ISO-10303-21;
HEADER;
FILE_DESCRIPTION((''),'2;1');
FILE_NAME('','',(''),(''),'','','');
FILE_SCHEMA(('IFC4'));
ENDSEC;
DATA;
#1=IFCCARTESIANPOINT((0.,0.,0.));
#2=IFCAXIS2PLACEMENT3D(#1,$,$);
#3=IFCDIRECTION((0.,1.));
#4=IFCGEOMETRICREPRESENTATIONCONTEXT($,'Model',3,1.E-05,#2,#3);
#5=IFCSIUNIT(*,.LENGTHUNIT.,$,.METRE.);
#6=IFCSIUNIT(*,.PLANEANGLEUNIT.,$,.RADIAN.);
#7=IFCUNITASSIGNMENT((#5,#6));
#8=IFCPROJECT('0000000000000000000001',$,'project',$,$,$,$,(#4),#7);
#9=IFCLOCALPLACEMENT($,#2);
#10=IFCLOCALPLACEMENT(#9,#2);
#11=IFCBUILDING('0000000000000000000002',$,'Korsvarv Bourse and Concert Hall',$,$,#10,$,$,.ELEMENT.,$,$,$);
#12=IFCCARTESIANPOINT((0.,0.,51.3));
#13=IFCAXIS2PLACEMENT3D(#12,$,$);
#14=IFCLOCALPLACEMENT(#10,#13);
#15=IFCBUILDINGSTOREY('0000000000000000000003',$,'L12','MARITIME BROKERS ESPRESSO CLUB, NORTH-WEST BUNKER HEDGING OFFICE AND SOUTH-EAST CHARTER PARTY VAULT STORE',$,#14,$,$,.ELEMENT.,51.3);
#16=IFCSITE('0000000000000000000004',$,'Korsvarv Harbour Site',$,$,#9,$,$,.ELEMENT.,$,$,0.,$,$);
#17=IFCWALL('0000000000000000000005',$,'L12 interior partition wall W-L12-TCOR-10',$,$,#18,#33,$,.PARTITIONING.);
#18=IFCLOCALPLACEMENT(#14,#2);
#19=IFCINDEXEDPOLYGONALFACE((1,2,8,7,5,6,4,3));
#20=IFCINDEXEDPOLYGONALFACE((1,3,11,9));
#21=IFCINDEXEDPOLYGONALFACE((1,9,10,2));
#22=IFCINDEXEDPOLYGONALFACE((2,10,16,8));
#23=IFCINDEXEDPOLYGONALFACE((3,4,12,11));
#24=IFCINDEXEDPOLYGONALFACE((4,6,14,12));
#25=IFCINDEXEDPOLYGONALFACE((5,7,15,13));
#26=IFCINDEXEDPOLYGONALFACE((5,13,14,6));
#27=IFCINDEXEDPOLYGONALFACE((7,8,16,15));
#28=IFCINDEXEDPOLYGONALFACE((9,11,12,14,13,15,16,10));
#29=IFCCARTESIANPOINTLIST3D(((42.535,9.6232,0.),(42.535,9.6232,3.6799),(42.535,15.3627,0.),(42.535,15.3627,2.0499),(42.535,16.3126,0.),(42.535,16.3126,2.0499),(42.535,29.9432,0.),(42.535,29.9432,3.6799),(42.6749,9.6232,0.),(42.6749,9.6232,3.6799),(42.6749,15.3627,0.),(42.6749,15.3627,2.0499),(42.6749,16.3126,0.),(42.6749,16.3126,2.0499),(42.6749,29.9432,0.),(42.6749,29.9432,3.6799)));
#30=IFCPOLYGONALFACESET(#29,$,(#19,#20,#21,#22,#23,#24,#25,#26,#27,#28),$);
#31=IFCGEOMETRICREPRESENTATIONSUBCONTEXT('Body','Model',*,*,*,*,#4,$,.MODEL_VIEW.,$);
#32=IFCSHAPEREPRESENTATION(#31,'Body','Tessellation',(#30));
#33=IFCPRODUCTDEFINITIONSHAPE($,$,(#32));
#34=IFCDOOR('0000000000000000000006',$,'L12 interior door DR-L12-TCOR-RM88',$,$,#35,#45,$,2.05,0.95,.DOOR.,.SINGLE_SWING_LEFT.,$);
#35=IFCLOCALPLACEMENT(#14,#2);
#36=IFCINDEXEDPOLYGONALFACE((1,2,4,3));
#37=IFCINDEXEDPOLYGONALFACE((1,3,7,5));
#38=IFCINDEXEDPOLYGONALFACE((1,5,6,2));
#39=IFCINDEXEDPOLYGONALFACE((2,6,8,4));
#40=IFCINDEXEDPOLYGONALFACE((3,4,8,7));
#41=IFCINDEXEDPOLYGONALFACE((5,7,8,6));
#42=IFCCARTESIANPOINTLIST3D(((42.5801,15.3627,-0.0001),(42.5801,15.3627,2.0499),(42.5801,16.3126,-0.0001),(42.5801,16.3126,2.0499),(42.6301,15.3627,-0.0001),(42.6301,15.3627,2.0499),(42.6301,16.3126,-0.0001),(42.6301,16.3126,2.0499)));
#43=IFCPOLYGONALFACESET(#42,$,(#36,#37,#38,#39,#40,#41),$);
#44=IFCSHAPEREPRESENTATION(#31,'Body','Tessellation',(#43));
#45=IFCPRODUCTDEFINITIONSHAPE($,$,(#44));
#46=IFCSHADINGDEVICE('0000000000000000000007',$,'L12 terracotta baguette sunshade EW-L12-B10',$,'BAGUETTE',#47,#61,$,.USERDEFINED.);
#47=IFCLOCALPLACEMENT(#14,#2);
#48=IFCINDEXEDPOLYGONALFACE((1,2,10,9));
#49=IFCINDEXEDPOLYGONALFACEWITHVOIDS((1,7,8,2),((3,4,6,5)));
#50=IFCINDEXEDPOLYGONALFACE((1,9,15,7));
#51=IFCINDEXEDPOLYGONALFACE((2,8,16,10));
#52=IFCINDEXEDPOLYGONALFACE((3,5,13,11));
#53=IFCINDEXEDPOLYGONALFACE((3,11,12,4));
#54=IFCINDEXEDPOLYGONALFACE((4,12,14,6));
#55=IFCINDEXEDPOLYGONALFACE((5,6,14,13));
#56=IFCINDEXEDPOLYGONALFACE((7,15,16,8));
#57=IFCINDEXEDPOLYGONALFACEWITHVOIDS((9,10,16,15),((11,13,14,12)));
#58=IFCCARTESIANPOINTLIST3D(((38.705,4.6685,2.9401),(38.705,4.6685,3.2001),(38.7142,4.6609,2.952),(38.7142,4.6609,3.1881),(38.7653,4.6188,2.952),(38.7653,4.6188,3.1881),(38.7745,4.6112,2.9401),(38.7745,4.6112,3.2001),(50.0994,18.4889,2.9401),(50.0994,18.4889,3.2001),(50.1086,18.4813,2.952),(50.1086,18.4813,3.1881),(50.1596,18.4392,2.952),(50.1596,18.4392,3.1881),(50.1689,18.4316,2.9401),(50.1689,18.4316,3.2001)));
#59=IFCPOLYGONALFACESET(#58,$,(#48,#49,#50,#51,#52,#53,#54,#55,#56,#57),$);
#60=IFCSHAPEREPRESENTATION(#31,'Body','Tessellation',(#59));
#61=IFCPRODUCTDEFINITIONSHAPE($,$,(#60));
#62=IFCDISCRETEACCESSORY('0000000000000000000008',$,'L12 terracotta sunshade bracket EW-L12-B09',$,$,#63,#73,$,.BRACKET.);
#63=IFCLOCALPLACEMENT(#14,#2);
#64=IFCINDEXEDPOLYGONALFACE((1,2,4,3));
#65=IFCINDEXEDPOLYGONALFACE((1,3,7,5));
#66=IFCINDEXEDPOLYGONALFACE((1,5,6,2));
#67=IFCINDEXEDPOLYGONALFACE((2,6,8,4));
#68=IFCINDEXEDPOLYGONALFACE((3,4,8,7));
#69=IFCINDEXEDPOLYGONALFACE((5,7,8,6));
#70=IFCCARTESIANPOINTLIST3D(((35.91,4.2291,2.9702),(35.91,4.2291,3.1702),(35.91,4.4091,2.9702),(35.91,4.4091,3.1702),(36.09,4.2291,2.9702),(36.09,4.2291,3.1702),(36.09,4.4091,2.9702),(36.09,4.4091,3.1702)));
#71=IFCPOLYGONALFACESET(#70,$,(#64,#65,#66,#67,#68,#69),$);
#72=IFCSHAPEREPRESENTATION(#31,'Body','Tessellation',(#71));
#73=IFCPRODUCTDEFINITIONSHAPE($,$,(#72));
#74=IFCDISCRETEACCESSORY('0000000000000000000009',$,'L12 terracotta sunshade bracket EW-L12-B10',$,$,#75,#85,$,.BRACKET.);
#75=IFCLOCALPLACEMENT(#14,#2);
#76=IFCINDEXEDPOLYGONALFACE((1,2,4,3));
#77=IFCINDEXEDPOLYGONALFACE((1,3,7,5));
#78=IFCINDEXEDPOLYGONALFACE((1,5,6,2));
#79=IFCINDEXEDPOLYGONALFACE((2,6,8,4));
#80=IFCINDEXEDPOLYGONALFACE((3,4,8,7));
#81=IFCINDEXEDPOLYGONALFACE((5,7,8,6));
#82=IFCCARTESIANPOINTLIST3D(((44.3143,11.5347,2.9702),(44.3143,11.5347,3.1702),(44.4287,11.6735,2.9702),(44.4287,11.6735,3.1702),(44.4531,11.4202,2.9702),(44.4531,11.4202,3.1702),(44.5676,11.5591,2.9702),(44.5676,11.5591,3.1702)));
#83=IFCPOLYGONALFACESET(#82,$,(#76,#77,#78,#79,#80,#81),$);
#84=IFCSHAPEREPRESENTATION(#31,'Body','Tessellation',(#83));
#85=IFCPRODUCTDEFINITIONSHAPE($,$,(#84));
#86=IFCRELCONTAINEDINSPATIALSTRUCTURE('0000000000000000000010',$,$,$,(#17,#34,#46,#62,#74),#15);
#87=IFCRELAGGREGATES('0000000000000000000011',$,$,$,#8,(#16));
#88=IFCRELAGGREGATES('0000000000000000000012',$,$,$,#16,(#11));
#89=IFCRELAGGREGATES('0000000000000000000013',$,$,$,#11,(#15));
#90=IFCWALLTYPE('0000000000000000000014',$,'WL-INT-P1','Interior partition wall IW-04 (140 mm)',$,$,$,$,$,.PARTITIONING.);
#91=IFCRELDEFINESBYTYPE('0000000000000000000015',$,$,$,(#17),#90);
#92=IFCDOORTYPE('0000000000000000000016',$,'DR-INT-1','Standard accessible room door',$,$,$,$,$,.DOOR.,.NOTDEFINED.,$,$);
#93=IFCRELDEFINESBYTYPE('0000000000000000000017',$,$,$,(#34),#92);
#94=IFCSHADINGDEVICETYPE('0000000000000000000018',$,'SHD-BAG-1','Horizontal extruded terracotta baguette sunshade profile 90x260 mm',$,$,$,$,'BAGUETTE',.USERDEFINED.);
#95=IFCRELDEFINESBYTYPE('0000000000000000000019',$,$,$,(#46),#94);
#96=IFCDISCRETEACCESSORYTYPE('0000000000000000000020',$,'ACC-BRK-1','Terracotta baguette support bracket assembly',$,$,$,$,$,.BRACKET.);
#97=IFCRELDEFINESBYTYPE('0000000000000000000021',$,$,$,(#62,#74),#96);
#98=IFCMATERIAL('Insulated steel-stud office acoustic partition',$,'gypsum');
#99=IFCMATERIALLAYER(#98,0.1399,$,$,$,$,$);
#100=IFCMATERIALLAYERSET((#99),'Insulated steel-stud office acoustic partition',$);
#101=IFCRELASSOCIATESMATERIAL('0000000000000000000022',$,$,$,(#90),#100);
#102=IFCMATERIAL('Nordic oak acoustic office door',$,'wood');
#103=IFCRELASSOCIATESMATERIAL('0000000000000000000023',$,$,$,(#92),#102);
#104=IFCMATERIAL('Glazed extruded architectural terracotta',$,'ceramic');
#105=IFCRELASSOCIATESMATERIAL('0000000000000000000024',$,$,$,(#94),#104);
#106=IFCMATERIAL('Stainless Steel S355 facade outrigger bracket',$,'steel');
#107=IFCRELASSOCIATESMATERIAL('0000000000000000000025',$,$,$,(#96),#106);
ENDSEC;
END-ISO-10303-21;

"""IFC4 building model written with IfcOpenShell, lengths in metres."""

from ifc_helpers import new_model, si_unit, direction, frame, frame_2d, origin, origin_2d, place, context, subcontext, project, spatial, rectangle, hollow_rectangle, extrude, source, transform, mapped, material, layer, layer_set, material_profile, profile_set, type_object, element, fill, save


model = new_model("IFC4")

# Units and contexts
model_context = context("Model", 3, precision=1e-05, world=origin(), true_north=direction((0.0, 1.0)))
body_context = subcontext(model_context, "Body", "Model", "MODEL_VIEW")
ifc_project = project(units=[si_unit("LENGTHUNIT", "METRE"), si_unit("PLANEANGLEUNIT", "RADIAN")], contexts=[model_context])

# Site, building, storey
site_placement = place(None, origin())
site = spatial("IfcSite", under=ifc_project, at=site_placement, Name="Korsvarv Harbour Site", CompositionType="ELEMENT", RefElevation=0.0)
building_placement = place(site_placement, origin())
building = spatial("IfcBuilding", under=site, at=building_placement, Name="Korsvarv Bourse and Concert Hall", CompositionType="ELEMENT")
storey_placement = place(building_placement, frame((0.0, 0.0, 51.3)))
storey = spatial("IfcBuildingStorey", under=building, at=storey_placement, Name="L12", Description="MARITIME BROKERS ESPRESSO CLUB, NORTH-WEST BUNKER HEDGING OFFICE AND SOUTH-EAST CHARTER PARTY VAULT STORE", CompositionType="ELEMENT", Elevation=51.3)

# Wall, opening, door
ifc_material_1 = material(Name="Insulated steel-stud office acoustic partition", Category="gypsum")
ifc_layer_1 = layer(ifc_material_1, 0.1399)
ifc_layer_set_1 = layer_set([ifc_layer_1], Name="Insulated steel-stud office acoustic partition")
wall_type_1 = type_object("IfcWallType", Name="WL-INT-P1", Description="Interior partition wall IW-04 (140 mm)", PredefinedType="PARTITIONING", material=ifc_layer_set_1)
wall_1_placement = place(storey_placement, frame((42.605, 9.623, 0.0), z_axis=(0.0, 0.0, 1.0), x_axis=(0.0, 1.0, 0.0)))
wall_1 = element("IfcWall", 1, at=wall_1_placement, inside=storey, type_object=wall_type_1, Name="L12 interior partition wall W-L12-TCOR-10", PredefinedType="PARTITIONING", context=body_context, shape_type="SweptSolid", body=[
    extrude(rectangle(XDim=20.3201, YDim=0.1399, at=frame_2d((10.1602, 0.0))), origin(), (0.0, 0.0, 1.0), 3.6799),
])
opening_placement = place(wall_1_placement, frame((5.7395, 0.0, 0.0)))
opening = element("IfcOpeningElement", 2, at=opening_placement, cuts=wall_1, PredefinedType="OPENING", context=body_context, shape_type="SweptSolid", body=[
    extrude(rectangle(XDim=0.95, YDim=2.05, at=frame_2d((0.4751, 1.0249))), frame((0.0, 0.0801, 0.0), z_axis=(0.0, -1.0, 0.0), x_axis=(1.0, 0.0, 0.0)), (0.0, 0.0, 1.0), 0.1599),
])
ifc_material_2 = material(Name="Nordic oak acoustic office door", Category="wood")
door_type = type_object("IfcDoorType", Name="DR-INT-1", Description="Standard accessible room door", OperationType="NOTDEFINED", PredefinedType="DOOR", material=ifc_material_2)
door_placement = place(opening_placement, origin())
door = element("IfcDoor", 3, at=door_placement, inside=storey, type_object=door_type, Name="L12 interior door DR-L12-TCOR-RM88", OperationType="SINGLE_SWING_LEFT", OverallHeight=2.05, OverallWidth=0.95, PredefinedType="DOOR", context=body_context, shape_type="SweptSolid", body=[
    extrude(rectangle(XDim=0.95, YDim=2.05, at=frame_2d((0.4751, 1.0249))), frame((0.0, 0.0249, 0.0), z_axis=(0.0, -1.0, 0.0), x_axis=(1.0, 0.0, 0.0)), (0.0, 0.0, 1.0), 0.05),
])
fill(opening, door)

# Shading device
ifc_material_3 = material(Name="Glazed extruded architectural terracotta", Category="ceramic")
ifc_material_profile_1 = material_profile(ifc_material_3, hollow_rectangle(XDim=0.0901, YDim=0.26, WallThickness=0.012, at=origin_2d()), Name="TC-BAG 90x260")
ifc_profile_set_1 = profile_set([ifc_material_profile_1], Name="Glazed extruded architectural terracotta")
shading_device_type = type_object("IfcShadingDeviceType", Name="SHD-BAG-1", Description="Horizontal extruded terracotta baguette sunshade profile 90x260 mm", ElementType="BAGUETTE", PredefinedType="USERDEFINED", material=ifc_profile_set_1)
shared_shape_1 = source(origin(), body_context, "Body", "SweptSolid", [
    extrude(hollow_rectangle(XDim=0.0901, YDim=0.26, WallThickness=0.012, at=origin_2d()), origin(), (0.0, 0.0, 1.0), 17.9119),
])
shading_device_placement = place(storey_placement, frame((38.7397, 4.6399, 3.0701), z_axis=(0.636135, 0.771578, 0.0), x_axis=(-0.771578, 0.636135, 0.0)))
element("IfcShadingDevice", 4, at=shading_device_placement, inside=storey, type_object=shading_device_type, Name="L12 terracotta baguette sunshade EW-L12-B10", ObjectType="BAGUETTE", PredefinedType="USERDEFINED", context=body_context, shape_type="MappedRepresentation", body=[
    mapped(shared_shape_1, transform((0.0, 0.0, 0.0), scale=1.0)),
])

# Discrete accessories
ifc_material_4 = material(Name="Stainless Steel S355 facade outrigger bracket", Category="steel")
discrete_accessory_type = type_object("IfcDiscreteAccessoryType", Name="ACC-BRK-1", Description="Terracotta baguette support bracket assembly", PredefinedType="BRACKET", material=ifc_material_4)
shared_shape_2 = source(origin(), body_context, "Body", "SweptSolid", [
    extrude(rectangle(XDim=0.1799, YDim=0.1799, at=origin_2d()), origin(), (0.0, 0.0, 1.0), 0.2),
])
for number, where, z_axis, x_axis, name in (
    (5, (36.0, 4.3191, 2.9702), (0.0, 0.0, 1.0), (1.0, 0.0, 0.0), "L12 terracotta sunshade bracket EW-L12-B09"),
    (6, (44.4409, 11.5469, 2.9702), (0.0, 0.0, 1.0), (0.636078, 0.771625, 0.0), "L12 terracotta sunshade bracket EW-L12-B10"),
):
    element("IfcDiscreteAccessory", number, at=place(storey_placement, frame(where, z_axis=z_axis, x_axis=x_axis)), inside=storey, type_object=discrete_accessory_type, Name=name, PredefinedType="BRACKET", context=body_context, shape_type="MappedRepresentation", body=[
        mapped(shared_shape_2, transform((0.0, 0.0, 0.0), scale=1.0)),
    ])

save(model, "model.ifc")
